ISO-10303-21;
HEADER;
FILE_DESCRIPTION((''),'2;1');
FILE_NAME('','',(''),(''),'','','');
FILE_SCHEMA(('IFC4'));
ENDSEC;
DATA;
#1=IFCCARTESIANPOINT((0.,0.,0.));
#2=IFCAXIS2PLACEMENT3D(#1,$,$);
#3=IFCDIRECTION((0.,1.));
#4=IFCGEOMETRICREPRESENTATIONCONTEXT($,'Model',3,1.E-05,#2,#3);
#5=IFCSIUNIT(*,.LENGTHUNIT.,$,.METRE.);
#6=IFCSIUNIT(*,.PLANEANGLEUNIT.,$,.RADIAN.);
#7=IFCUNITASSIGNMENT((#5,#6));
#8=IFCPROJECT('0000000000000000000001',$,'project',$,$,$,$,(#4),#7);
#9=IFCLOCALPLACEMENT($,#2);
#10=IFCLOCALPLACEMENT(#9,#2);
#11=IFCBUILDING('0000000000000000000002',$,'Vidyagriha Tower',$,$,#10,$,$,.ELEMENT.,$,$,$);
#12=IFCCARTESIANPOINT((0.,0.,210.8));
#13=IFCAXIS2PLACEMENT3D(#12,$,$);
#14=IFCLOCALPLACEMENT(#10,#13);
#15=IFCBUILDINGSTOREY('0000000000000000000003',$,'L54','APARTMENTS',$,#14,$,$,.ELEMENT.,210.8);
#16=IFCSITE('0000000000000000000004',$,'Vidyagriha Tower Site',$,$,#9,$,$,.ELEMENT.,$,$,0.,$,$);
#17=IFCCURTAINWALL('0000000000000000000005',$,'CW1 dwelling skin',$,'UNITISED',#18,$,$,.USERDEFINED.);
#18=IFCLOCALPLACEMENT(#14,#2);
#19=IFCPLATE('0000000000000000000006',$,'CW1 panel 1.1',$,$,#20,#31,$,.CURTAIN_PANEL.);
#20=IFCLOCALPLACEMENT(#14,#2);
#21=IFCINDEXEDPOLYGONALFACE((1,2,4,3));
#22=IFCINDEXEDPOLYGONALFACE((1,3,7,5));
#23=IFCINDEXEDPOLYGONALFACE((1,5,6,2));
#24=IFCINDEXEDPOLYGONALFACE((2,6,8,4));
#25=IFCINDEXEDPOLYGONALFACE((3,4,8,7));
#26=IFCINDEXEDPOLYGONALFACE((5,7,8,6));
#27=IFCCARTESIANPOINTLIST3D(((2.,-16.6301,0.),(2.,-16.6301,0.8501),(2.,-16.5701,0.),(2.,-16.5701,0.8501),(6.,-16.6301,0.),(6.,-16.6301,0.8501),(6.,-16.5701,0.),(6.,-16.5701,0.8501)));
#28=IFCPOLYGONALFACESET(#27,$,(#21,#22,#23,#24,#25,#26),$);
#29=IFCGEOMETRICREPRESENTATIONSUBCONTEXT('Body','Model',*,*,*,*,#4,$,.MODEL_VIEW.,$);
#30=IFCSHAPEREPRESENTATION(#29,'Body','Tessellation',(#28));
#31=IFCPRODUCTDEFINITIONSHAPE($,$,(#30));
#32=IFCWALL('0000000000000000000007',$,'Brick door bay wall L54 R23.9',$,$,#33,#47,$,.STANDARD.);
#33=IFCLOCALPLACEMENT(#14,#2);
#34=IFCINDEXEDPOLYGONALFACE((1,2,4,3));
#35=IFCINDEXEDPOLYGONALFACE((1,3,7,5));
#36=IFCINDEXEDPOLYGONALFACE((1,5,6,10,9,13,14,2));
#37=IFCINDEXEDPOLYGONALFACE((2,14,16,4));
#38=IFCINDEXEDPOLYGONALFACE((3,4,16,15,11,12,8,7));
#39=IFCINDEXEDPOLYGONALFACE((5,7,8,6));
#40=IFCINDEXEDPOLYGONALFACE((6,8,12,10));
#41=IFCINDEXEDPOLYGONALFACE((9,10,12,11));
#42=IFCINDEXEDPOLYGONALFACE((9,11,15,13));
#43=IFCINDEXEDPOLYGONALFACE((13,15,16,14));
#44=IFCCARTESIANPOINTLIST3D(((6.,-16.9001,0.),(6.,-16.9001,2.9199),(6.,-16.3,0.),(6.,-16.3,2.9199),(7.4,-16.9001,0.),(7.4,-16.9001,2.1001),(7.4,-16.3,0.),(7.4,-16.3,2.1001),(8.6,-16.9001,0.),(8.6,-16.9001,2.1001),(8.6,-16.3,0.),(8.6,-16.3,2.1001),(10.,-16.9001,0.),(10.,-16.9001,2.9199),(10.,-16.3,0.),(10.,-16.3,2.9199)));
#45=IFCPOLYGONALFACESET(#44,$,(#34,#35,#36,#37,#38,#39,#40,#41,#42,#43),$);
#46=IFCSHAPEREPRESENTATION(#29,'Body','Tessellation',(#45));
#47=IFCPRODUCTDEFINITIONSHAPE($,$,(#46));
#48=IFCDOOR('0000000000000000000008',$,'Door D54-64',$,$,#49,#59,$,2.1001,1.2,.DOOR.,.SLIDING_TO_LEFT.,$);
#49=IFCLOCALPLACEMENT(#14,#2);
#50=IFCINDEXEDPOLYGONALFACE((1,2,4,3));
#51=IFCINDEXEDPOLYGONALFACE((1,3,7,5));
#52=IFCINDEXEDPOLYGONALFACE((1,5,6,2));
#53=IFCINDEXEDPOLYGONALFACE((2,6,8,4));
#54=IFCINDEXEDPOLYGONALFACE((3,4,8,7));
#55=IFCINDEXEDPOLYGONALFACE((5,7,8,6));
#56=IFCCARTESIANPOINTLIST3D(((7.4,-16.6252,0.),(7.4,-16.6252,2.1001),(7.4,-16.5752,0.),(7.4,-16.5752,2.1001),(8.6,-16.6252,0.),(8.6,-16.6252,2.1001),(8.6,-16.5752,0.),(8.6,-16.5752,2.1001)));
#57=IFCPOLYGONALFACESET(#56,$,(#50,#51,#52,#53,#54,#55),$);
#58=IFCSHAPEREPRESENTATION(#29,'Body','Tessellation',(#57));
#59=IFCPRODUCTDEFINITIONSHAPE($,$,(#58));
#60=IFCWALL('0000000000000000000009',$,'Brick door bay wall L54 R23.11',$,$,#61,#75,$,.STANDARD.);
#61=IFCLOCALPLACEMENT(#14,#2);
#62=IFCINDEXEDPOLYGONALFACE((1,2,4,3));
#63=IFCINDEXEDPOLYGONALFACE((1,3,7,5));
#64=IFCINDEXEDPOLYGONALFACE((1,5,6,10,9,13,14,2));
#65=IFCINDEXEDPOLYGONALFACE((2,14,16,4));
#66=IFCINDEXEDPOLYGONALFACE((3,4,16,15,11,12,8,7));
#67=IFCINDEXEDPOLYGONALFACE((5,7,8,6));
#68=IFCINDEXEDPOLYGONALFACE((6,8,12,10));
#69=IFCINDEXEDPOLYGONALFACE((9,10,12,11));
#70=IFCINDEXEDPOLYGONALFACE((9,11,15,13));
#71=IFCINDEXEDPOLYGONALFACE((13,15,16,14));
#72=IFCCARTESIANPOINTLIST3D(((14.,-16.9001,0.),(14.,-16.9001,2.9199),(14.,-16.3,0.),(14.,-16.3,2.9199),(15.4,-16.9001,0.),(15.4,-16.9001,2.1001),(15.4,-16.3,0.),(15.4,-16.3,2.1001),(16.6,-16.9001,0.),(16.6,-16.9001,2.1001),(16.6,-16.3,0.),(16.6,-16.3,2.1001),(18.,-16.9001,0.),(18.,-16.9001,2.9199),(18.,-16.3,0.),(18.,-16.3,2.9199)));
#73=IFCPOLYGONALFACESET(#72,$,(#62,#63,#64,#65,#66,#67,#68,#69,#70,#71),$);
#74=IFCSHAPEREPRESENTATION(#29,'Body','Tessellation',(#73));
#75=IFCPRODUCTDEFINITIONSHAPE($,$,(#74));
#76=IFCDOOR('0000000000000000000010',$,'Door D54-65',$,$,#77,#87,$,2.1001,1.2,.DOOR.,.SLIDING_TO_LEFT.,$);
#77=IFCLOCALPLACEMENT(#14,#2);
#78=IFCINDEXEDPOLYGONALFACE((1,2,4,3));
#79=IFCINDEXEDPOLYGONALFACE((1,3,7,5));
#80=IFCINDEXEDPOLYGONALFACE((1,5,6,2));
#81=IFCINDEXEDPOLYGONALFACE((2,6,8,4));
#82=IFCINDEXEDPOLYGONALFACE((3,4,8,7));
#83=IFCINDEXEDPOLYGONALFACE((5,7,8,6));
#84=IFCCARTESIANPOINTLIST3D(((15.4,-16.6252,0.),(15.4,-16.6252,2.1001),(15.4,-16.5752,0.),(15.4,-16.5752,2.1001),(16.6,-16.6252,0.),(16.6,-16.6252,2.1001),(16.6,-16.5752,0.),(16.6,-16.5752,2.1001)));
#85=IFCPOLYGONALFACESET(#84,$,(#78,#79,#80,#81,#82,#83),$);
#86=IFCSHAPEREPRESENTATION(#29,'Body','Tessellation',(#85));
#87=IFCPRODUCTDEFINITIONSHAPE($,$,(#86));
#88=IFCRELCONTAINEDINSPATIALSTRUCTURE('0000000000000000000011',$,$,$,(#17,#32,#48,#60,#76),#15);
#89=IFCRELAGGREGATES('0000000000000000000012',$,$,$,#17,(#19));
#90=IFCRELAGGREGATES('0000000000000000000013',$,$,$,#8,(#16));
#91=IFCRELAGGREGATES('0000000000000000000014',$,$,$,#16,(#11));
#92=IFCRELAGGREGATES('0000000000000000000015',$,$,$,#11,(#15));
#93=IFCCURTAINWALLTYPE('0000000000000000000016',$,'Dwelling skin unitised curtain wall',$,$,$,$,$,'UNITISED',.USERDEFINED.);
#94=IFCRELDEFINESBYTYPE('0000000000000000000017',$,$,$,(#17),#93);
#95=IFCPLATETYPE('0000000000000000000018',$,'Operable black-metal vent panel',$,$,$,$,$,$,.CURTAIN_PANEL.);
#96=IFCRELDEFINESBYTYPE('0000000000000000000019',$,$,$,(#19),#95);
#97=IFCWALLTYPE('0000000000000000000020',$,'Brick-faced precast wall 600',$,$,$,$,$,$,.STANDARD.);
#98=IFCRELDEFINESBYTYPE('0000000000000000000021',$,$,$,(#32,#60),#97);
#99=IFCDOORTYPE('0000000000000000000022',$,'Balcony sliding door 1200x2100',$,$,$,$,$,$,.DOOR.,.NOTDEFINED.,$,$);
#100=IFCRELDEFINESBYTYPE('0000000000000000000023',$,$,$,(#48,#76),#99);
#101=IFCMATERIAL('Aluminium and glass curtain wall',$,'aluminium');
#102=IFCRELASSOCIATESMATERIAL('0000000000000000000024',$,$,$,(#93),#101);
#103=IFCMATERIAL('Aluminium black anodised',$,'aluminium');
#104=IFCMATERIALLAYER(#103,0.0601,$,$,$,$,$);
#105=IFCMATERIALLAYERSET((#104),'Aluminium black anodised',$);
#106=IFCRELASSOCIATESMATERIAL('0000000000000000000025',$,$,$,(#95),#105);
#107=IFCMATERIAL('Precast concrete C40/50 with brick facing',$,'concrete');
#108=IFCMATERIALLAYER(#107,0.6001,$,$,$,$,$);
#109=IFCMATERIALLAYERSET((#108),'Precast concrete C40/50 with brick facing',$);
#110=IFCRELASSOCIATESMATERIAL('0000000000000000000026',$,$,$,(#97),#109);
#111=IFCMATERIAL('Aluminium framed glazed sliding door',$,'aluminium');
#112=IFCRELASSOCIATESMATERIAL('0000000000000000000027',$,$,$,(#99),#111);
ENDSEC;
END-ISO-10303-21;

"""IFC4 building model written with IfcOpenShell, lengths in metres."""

from ifc_helpers import new_model, si_unit, direction, frame, frame_2d, origin, origin_2d, place, context, subcontext, project, spatial, rectangle, extrude, material, layer, layer_set, type_object, element, fill, aggregate, save


model = new_model("IFC4")

# Units and contexts
model_context = context("Model", 3, precision=1e-05, world=origin(), true_north=direction((0.0, 1.0)))
body_context = subcontext(model_context, "Body", "Model", "MODEL_VIEW")
ifc_project = project(units=[si_unit("LENGTHUNIT", "METRE"), si_unit("PLANEANGLEUNIT", "RADIAN")], contexts=[model_context])

# Site, building, storey
site_placement = place(None, origin())
site = spatial("IfcSite", under=ifc_project, at=site_placement, Name="Vidyagriha Tower Site", CompositionType="ELEMENT", RefElevation=0.0)
building_placement = place(site_placement, origin())
building = spatial("IfcBuilding", under=site, at=building_placement, Name="Vidyagriha Tower", CompositionType="ELEMENT")
storey_placement = place(building_placement, frame((0.0, 0.0, 210.8)))
storey = spatial("IfcBuildingStorey", under=building, at=storey_placement, Name="L54", Description="APARTMENTS", CompositionType="ELEMENT", Elevation=210.8)

# Curtain wall
ifc_material_1 = material(Name="Aluminium and glass curtain wall", Category="aluminium")
curtain_wall_type = type_object("IfcCurtainWallType", Name="Dwelling skin unitised curtain wall", ElementType="UNITISED", PredefinedType="USERDEFINED", material=ifc_material_1)
curtain_wall_1_placement = place(storey_placement, origin())
curtain_wall_1 = element("IfcCurtainWall", 1, at=curtain_wall_1_placement, inside=storey, type_object=curtain_wall_type, Name="CW1 dwelling skin", ObjectType="UNITISED", PredefinedType="USERDEFINED")

# Plate
ifc_material_2 = material(Name="Aluminium black anodised", Category="aluminium")
ifc_layer_1 = layer(ifc_material_2, 0.0601)
ifc_layer_set_1 = layer_set([ifc_layer_1], Name="Aluminium black anodised")
plate_type_1 = type_object("IfcPlateType", Name="Operable black-metal vent panel", PredefinedType="CURTAIN_PANEL", material=ifc_layer_set_1)
plate_1_placement = place(storey_placement, frame((4.0, -16.6001, 0.0)))
plate_1 = element("IfcPlate", 2, at=plate_1_placement, type_object=plate_type_1, Name="CW1 panel 1.1", PredefinedType="CURTAIN_PANEL", context=body_context, shape_type="SweptSolid", body=[
    extrude(rectangle(XDim=4.0, YDim=0.0601, at=origin_2d()), origin(), (0.0, 0.0, 1.0), 0.8501),
])
aggregate(curtain_wall_1, [plate_1])

# Walls, openings, doors
ifc_material_3 = material(Name="Precast concrete C40/50 with brick facing", Category="concrete")
ifc_layer_2 = layer(ifc_material_3, 0.6001)
ifc_layer_set_2 = layer_set([ifc_layer_2], Name="Precast concrete C40/50 with brick facing")
wall_type = type_object("IfcWallType", Name="Brick-faced precast wall 600", PredefinedType="STANDARD", material=ifc_layer_set_2)
wall_1_placement = place(storey_placement, frame((6.0, -16.6001, 0.0)))
wall_1 = element("IfcWall", 3, at=wall_1_placement, inside=storey, type_object=wall_type, Name="Brick door bay wall L54 R23.9", PredefinedType="STANDARD", context=body_context, shape_type="SweptSolid", body=[
    extrude(rectangle(XDim=4.0, YDim=0.6001, at=frame_2d((2.0, 0.0))), origin(), (0.0, 0.0, 1.0), 2.9199),
])
opening_1_placement = place(wall_1_placement, frame((1.3999, 0.0, 0.0)))
opening_1 = element("IfcOpeningElement", 4, at=opening_1_placement, cuts=wall_1, PredefinedType="OPENING", context=body_context, shape_type="SweptSolid", body=[
    extrude(rectangle(XDim=1.2, YDim=2.1001, at=frame_2d((0.6001, 1.05))), frame((0.0, 0.3101, 0.0), z_axis=(0.0, -1.0, 0.0), x_axis=(1.0, 0.0, 0.0)), (0.0, 0.0, 1.0), 0.6201),
])
ifc_material_4 = material(Name="Aluminium framed glazed sliding door", Category="aluminium")
door_type = type_object("IfcDoorType", Name="Balcony sliding door 1200x2100", OperationType="NOTDEFINED", PredefinedType="DOOR", material=ifc_material_4)
door_1_placement = place(opening_1_placement, origin())
door_1 = element("IfcDoor", 5, at=door_1_placement, inside=storey, type_object=door_type, Name="Door D54-64", OperationType="SLIDING_TO_LEFT", OverallHeight=2.1001, OverallWidth=1.2, PredefinedType="DOOR", context=body_context, shape_type="SweptSolid", body=[
    extrude(rectangle(XDim=1.2, YDim=2.1001, at=frame_2d((0.6001, 1.05))), frame((0.0, 0.0249, 0.0), z_axis=(0.0, -1.0, 0.0), x_axis=(1.0, 0.0, 0.0)), (0.0, 0.0, 1.0), 0.05),
])
fill(opening_1, door_1)
wall_2_placement = place(storey_placement, frame((14.0, -16.6001, 0.0)))
wall_2 = element("IfcWall", 6, at=wall_2_placement, inside=storey, type_object=wall_type, Name="Brick door bay wall L54 R23.11", PredefinedType="STANDARD", context=body_context, shape_type="SweptSolid", body=[
    extrude(rectangle(XDim=4.0, YDim=0.6001, at=frame_2d((2.0, 0.0))), origin(), (0.0, 0.0, 1.0), 2.9199),
])
opening_2_placement = place(wall_2_placement, frame((1.3999, 0.0, 0.0)))
opening_2 = element("IfcOpeningElement", 7, at=opening_2_placement, cuts=wall_2, PredefinedType="OPENING", context=body_context, shape_type="SweptSolid", body=[
    extrude(rectangle(XDim=1.2, YDim=2.1001, at=frame_2d((0.6001, 1.05))), frame((0.0, 0.3101, 0.0), z_axis=(0.0, -1.0, 0.0), x_axis=(1.0, 0.0, 0.0)), (0.0, 0.0, 1.0), 0.6201),
])
door_2_placement = place(opening_2_placement, origin())
door_2 = element("IfcDoor", 8, at=door_2_placement, inside=storey, type_object=door_type, Name="Door D54-65", OperationType="SLIDING_TO_LEFT", OverallHeight=2.1001, OverallWidth=1.2, PredefinedType="DOOR", context=body_context, shape_type="SweptSolid", body=[
    extrude(rectangle(XDim=1.2, YDim=2.1001, at=frame_2d((0.6001, 1.05))), frame((0.0, 0.0249, 0.0), z_axis=(0.0, -1.0, 0.0), x_axis=(1.0, 0.0, 0.0)), (0.0, 0.0, 1.0), 0.05),
])
fill(opening_2, door_2)

save(model, "model.ifc")
